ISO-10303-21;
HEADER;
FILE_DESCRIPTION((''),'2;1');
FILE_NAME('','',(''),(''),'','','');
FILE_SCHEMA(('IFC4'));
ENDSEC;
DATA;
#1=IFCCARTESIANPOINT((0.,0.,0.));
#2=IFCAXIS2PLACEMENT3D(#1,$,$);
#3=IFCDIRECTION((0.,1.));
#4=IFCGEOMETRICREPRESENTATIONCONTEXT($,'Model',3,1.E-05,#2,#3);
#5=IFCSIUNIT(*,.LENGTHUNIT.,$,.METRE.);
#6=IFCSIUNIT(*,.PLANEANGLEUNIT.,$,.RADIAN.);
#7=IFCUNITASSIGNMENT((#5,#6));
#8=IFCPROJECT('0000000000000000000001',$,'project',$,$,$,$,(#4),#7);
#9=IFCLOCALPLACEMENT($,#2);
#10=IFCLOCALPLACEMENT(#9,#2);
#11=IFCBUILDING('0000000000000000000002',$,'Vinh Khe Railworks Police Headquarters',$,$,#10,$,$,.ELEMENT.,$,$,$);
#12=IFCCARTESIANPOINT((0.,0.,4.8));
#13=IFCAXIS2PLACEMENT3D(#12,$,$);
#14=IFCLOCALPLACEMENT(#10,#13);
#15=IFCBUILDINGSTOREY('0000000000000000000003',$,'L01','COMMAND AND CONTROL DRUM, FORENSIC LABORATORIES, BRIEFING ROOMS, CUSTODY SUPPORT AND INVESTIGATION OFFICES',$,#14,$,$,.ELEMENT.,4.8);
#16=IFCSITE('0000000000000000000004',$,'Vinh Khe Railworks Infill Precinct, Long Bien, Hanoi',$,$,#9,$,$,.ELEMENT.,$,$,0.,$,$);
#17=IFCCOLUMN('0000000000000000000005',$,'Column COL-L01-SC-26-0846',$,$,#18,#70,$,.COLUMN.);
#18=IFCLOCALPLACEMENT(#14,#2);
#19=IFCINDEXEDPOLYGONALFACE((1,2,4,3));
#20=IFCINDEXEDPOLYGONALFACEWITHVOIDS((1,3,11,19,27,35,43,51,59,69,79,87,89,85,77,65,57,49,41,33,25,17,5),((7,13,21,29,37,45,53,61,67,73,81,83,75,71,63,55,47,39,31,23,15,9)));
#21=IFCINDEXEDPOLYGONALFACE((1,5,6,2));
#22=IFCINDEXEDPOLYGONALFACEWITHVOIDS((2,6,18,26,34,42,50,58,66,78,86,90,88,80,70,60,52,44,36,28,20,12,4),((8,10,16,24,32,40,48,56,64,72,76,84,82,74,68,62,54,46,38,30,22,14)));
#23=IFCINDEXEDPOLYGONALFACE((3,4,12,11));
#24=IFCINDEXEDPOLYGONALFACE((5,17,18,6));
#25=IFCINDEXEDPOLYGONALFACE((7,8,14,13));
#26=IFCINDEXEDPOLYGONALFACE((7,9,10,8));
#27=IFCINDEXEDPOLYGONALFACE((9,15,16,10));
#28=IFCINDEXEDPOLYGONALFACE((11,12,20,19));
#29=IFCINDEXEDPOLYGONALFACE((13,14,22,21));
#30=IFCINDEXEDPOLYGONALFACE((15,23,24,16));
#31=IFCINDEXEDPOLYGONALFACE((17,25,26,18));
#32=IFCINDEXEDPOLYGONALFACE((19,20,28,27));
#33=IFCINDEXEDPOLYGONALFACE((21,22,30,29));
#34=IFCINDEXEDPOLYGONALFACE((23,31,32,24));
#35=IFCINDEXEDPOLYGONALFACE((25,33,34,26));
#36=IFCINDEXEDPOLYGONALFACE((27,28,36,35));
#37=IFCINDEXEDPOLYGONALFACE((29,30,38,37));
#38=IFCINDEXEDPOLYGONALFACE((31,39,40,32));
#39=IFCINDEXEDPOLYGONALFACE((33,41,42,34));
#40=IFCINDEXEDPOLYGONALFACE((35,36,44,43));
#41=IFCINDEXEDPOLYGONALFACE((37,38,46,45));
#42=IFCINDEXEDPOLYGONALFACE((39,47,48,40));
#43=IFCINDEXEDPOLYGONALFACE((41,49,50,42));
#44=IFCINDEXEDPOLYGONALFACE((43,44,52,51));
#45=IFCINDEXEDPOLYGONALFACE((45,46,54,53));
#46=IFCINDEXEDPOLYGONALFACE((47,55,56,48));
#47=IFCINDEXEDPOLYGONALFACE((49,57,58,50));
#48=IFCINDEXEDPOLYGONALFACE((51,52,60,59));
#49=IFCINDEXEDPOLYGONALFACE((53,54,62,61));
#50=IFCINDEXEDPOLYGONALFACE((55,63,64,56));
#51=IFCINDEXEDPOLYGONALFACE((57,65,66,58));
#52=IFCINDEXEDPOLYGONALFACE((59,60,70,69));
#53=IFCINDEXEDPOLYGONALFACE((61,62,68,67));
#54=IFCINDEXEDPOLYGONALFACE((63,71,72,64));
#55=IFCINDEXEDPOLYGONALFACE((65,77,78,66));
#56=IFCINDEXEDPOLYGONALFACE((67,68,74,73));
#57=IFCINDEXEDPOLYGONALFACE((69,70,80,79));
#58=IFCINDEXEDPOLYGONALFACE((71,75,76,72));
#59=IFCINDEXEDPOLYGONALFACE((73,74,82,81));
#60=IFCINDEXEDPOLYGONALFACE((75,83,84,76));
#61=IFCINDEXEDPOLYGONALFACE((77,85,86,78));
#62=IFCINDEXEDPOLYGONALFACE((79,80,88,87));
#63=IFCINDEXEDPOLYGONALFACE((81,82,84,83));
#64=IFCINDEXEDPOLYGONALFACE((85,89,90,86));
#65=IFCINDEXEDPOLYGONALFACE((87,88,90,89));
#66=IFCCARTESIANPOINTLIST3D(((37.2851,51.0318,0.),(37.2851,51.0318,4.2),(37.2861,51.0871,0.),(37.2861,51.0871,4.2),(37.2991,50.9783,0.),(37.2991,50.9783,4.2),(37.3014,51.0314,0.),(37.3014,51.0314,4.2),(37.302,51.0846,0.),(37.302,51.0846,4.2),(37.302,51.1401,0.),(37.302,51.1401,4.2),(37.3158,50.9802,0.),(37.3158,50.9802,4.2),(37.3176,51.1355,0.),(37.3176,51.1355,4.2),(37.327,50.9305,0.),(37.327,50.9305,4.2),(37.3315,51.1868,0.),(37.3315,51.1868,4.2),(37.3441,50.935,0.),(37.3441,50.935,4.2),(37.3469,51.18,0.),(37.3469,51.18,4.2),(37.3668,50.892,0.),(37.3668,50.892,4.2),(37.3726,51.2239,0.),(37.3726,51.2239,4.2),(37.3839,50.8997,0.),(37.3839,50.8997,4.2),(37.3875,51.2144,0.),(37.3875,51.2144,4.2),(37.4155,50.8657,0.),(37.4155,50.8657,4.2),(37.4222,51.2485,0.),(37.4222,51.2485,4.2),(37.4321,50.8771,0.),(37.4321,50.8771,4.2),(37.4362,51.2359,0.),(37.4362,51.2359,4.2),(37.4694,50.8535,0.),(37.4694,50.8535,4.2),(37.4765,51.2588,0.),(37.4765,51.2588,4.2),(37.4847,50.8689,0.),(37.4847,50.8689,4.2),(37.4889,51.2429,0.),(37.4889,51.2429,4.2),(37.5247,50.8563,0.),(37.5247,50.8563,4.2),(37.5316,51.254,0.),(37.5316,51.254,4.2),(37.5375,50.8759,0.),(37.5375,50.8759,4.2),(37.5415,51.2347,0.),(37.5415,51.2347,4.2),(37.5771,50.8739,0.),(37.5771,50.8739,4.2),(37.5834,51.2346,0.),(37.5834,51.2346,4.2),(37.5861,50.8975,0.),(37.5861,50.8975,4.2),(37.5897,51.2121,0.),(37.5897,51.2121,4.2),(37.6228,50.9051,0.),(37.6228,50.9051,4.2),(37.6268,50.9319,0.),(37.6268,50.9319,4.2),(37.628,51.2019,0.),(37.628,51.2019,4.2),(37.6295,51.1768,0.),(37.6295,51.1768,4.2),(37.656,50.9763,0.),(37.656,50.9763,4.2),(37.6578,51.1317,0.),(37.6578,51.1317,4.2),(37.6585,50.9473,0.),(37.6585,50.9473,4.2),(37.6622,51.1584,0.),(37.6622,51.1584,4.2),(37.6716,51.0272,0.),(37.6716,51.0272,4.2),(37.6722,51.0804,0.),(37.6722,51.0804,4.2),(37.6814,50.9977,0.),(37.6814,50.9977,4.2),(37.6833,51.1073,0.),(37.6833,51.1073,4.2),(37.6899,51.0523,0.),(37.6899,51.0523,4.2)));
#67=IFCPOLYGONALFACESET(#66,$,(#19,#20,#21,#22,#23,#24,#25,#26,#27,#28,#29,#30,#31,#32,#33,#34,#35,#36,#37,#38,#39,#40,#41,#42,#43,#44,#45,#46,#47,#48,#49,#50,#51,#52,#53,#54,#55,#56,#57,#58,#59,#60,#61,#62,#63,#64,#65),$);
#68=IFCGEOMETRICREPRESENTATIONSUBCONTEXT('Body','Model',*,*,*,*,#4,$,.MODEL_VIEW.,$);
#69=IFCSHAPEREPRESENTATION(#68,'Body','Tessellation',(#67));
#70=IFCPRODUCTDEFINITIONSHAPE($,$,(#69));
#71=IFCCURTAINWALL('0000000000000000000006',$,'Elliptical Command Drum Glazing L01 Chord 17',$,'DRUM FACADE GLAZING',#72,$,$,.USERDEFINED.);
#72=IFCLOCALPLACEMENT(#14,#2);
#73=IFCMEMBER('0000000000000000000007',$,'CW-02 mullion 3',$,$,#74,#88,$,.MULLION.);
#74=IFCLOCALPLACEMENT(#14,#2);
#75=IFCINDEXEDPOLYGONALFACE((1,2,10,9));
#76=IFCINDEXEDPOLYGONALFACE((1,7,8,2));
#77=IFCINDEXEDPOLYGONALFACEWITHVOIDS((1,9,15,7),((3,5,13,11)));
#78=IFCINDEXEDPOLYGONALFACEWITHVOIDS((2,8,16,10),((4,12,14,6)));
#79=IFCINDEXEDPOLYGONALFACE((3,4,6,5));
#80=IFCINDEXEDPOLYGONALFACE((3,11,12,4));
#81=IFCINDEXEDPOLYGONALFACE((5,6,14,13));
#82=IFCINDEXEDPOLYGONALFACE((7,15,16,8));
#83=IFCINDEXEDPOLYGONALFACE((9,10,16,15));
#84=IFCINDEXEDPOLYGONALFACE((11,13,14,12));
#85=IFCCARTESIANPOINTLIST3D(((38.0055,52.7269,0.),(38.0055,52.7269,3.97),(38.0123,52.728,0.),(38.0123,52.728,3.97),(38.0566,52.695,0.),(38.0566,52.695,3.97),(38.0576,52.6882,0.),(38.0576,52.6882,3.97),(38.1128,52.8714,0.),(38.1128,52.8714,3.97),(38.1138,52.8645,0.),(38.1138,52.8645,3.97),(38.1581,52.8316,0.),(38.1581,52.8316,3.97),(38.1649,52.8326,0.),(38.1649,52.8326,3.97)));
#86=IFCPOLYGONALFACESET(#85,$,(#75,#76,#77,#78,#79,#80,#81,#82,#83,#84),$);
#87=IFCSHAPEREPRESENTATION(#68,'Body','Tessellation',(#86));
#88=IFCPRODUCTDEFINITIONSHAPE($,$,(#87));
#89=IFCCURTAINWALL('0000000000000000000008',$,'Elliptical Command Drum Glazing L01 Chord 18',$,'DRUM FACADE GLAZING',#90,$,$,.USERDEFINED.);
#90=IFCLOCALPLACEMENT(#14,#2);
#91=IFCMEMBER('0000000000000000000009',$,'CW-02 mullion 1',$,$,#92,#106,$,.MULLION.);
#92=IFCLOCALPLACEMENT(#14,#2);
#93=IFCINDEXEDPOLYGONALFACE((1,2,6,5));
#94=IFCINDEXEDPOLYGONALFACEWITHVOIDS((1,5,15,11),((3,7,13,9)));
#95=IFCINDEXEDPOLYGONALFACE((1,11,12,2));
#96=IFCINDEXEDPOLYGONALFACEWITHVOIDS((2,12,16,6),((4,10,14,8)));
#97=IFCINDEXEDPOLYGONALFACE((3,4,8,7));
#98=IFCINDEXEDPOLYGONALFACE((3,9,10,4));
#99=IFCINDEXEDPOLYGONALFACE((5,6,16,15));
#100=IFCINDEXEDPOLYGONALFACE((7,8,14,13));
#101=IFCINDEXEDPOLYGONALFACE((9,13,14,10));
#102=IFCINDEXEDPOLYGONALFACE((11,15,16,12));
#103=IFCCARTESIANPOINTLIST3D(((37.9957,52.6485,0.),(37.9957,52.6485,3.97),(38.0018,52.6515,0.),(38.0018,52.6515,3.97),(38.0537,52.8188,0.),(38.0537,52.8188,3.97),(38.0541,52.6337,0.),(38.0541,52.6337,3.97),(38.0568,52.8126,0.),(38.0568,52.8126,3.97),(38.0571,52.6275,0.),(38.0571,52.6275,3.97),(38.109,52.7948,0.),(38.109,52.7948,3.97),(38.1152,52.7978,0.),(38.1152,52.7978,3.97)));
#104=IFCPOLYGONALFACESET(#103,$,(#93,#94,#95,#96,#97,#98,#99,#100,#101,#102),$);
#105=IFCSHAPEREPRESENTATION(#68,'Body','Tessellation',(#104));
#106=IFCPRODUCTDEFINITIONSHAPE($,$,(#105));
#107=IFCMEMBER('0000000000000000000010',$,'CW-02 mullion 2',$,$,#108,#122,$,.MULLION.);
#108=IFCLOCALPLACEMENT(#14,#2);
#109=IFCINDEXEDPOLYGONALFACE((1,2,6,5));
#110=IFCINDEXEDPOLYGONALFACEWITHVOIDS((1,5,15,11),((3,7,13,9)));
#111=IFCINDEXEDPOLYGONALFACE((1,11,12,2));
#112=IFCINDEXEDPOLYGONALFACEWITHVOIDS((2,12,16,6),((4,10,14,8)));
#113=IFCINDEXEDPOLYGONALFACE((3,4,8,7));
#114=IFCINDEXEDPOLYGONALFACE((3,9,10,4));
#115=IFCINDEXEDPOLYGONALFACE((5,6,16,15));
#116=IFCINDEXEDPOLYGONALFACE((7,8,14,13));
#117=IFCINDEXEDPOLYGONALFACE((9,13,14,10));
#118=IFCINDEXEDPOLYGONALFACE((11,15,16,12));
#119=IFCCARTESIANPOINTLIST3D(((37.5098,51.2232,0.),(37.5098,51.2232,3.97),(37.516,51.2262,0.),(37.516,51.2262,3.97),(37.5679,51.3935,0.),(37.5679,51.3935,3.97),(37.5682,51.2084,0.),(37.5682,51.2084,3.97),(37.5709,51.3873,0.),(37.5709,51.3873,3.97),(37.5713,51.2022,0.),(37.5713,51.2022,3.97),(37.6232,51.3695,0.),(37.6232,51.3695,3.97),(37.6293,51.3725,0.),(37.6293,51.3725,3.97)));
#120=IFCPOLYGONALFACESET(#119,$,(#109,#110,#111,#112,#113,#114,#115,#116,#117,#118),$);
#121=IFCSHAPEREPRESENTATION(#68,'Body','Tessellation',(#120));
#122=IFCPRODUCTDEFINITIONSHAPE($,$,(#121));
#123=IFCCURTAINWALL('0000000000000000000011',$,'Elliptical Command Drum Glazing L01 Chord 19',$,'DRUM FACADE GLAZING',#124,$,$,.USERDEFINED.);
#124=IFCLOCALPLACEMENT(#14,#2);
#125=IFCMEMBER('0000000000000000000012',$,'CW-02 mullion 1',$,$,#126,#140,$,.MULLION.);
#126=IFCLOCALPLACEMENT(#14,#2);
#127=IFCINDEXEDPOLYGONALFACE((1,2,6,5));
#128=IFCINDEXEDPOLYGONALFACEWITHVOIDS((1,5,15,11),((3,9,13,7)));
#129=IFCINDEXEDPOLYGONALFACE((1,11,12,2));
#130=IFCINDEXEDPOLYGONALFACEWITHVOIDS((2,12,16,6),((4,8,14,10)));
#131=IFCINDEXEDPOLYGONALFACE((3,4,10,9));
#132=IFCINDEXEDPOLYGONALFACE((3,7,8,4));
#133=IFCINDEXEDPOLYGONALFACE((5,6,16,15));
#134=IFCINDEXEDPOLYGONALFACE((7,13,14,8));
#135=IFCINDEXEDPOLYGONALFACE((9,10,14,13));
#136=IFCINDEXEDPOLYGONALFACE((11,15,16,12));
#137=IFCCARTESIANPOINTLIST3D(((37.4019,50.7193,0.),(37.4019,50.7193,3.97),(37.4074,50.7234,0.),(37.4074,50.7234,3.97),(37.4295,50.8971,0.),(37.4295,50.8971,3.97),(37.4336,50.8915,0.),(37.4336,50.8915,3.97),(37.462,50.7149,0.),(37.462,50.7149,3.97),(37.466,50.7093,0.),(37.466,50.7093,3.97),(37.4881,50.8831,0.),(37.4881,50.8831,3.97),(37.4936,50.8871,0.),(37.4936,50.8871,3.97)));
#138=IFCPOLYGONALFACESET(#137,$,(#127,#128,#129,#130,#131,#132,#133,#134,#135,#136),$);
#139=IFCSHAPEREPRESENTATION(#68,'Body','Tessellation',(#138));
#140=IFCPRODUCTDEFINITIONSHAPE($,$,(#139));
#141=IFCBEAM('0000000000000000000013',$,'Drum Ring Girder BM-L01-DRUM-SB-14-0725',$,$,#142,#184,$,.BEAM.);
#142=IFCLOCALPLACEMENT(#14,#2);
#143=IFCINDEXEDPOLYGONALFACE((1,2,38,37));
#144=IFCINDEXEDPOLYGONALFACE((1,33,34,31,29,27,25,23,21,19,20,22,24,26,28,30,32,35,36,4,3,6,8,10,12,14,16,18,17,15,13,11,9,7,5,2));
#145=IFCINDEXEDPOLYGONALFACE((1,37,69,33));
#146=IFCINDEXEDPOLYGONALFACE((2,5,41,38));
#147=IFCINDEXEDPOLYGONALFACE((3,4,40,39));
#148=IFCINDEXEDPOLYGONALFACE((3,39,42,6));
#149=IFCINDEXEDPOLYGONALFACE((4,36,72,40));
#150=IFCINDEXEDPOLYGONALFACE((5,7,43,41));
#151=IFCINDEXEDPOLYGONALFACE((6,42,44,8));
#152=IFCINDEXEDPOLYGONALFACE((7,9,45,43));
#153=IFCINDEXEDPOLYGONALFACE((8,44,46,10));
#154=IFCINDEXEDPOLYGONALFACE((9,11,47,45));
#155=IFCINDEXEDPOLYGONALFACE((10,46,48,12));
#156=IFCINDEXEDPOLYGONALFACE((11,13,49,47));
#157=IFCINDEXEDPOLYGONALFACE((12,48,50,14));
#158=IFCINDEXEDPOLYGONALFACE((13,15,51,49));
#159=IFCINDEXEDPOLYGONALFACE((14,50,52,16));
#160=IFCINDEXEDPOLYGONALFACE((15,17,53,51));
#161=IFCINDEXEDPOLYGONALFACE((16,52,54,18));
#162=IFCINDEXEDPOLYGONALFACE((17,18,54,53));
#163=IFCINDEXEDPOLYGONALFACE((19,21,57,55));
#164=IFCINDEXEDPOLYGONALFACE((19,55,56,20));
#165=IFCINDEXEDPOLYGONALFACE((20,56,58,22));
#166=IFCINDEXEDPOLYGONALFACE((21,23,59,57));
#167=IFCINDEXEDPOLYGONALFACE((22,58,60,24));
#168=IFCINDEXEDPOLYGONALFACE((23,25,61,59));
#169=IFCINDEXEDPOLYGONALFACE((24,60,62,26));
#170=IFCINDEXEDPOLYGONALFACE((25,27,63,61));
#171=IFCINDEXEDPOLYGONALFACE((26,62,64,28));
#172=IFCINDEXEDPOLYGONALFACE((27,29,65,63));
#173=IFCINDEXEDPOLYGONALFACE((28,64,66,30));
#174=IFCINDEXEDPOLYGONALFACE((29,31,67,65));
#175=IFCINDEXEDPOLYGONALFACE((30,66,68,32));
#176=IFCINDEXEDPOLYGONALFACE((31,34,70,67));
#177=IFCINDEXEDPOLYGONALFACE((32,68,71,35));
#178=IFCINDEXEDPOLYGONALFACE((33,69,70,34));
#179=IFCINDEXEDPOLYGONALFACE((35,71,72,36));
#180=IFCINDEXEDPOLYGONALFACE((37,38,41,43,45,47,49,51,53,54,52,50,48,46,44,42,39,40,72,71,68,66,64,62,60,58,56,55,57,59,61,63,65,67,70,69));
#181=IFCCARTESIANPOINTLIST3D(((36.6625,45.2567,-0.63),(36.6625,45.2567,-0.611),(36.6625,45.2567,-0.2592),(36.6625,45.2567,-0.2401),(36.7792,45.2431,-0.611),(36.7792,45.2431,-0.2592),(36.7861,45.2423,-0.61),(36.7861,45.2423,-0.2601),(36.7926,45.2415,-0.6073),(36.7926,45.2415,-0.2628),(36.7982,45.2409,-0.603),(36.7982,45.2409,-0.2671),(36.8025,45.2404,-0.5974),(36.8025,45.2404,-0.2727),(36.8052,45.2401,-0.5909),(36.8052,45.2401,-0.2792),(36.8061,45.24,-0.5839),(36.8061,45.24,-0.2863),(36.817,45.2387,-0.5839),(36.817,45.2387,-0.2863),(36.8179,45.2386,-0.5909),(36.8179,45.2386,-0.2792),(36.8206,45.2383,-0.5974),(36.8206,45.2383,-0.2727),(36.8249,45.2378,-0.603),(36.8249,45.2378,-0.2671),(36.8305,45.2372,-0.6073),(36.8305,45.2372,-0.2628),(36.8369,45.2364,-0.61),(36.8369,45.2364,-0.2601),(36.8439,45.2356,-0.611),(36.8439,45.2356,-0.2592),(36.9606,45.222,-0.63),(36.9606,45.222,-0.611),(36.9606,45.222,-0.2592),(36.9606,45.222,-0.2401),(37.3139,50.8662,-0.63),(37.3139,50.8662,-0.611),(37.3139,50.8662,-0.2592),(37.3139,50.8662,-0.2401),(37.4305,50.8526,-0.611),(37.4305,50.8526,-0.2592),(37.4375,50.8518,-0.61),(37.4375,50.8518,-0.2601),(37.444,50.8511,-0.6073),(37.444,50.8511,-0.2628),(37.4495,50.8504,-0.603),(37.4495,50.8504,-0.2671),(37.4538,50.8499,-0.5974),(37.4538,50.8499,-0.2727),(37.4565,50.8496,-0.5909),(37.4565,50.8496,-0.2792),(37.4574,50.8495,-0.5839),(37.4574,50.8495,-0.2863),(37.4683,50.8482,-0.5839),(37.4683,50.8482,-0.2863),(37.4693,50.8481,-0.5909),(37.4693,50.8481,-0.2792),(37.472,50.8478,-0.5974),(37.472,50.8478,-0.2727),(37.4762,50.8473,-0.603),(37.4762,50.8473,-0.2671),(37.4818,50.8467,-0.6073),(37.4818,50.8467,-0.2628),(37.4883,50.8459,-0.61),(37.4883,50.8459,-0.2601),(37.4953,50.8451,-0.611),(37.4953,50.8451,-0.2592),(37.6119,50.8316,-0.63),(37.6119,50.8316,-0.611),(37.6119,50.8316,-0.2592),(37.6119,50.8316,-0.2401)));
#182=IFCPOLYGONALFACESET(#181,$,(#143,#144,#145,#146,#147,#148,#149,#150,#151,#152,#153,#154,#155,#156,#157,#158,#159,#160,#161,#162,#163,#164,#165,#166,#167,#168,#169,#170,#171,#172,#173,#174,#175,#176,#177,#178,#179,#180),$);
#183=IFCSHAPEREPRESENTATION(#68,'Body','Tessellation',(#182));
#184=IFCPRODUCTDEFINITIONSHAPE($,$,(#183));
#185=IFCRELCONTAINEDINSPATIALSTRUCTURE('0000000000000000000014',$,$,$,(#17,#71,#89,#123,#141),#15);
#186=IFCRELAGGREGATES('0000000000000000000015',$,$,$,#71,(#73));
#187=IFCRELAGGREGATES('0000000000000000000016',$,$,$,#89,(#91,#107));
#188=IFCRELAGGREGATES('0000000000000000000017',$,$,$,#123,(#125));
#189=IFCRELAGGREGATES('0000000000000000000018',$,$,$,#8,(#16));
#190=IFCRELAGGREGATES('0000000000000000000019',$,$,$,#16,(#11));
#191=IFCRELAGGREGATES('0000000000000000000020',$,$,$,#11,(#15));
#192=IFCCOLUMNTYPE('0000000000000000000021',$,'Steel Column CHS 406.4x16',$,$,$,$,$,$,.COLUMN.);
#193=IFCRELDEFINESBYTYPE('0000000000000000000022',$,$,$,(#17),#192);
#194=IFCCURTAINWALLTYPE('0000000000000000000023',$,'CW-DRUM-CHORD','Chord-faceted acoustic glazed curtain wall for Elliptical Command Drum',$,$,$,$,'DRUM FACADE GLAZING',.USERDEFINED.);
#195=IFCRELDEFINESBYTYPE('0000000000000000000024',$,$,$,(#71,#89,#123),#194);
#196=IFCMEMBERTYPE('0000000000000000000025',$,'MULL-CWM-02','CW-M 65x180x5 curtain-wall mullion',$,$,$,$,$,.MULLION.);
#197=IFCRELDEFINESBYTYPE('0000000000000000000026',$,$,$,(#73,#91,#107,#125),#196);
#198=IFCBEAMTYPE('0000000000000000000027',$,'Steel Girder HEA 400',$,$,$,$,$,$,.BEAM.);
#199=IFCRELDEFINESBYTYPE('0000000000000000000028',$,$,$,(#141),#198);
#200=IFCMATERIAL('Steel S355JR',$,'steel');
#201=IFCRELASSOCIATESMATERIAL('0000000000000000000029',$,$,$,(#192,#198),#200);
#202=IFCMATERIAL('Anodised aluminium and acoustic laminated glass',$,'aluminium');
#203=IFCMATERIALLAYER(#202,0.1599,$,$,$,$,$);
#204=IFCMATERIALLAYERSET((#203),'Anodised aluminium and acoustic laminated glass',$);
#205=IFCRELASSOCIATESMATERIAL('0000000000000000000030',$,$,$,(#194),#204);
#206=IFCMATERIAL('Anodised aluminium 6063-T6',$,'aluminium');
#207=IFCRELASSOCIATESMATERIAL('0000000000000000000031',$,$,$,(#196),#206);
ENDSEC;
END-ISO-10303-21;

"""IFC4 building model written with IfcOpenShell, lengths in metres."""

from ifc_helpers import new_model, si_unit, direction, frame, origin, origin_2d, place, context, subcontext, project, spatial, hollow_rectangle, hollow_circle, i_section, extrude, material, layer, layer_set, material_profile, profile_set, type_object, element, aggregate, save


model = new_model("IFC4")

# Units and contexts
model_context = context("Model", 3, precision=1e-05, world=origin(), true_north=direction((0.0, 1.0)))
body_context = subcontext(model_context, "Body", "Model", "MODEL_VIEW")
ifc_project = project(units=[si_unit("LENGTHUNIT", "METRE"), si_unit("PLANEANGLEUNIT", "RADIAN")], contexts=[model_context])

# Site, building, storey
site_placement = place(None, origin())
site = spatial("IfcSite", under=ifc_project, at=site_placement, Name="Vinh Khe Railworks Infill Precinct, Long Bien, Hanoi", CompositionType="ELEMENT", RefElevation=0.0)
building_placement = place(site_placement, origin())
building = spatial("IfcBuilding", under=site, at=building_placement, Name="Vinh Khe Railworks Police Headquarters", CompositionType="ELEMENT")
storey_placement = place(building_placement, frame((0.0, 0.0, 4.8)))
storey = spatial("IfcBuildingStorey", under=building, at=storey_placement, Name="L01", Description="COMMAND AND CONTROL DRUM, FORENSIC LABORATORIES, BRIEFING ROOMS, CUSTODY SUPPORT AND INVESTIGATION OFFICES", CompositionType="ELEMENT", Elevation=4.8)

# Column
ifc_material_1 = material(Name="Steel S355JR", Category="steel")
ifc_material_profile_1 = material_profile(ifc_material_1, hollow_circle(Radius=0.2031, WallThickness=0.0161, at=origin_2d()), Name="CHS 406.4x16")
ifc_profile_set_1 = profile_set([ifc_material_profile_1], Name="Steel S355JR")
column_type = type_object("IfcColumnType", Name="Steel Column CHS 406.4x16", PredefinedType="COLUMN", material=ifc_profile_set_1)
column_placement = place(storey_placement, frame((37.4868, 51.0559, 0.0), z_axis=(0.0, 0.0, 1.0), x_axis=(-0.988148, 0.153503, 0.0)))
element("IfcColumn", 1, at=column_placement, inside=storey, type_object=column_type, Name="Column COL-L01-SC-26-0846", PredefinedType="COLUMN", context=body_context, shape_type="SweptSolid", body=[
    extrude(hollow_circle(Radius=0.2031, WallThickness=0.0161, at=origin_2d()), origin(), (0.0, 0.0, 1.0), 4.2),
])

# Curtain wall, member
ifc_material_2 = material(Name="Anodised aluminium and acoustic laminated glass", Category="aluminium")
ifc_layer_1 = layer(ifc_material_2, 0.1599)
ifc_layer_set_1 = layer_set([ifc_layer_1], Name="Anodised aluminium and acoustic laminated glass")
curtain_wall_type = type_object("IfcCurtainWallType", Name="CW-DRUM-CHORD", Description="Chord-faceted acoustic glazed curtain wall for Elliptical Command Drum", ElementType="DRUM FACADE GLAZING", PredefinedType="USERDEFINED", material=ifc_layer_set_1)
curtain_wall_1_placement = place(storey_placement, origin())
curtain_wall_1 = element("IfcCurtainWall", 2, at=curtain_wall_1_placement, inside=storey, type_object=curtain_wall_type, Name="Elliptical Command Drum Glazing L01 Chord 17", ObjectType="DRUM FACADE GLAZING", PredefinedType="USERDEFINED")
ifc_material_3 = material(Name="Anodised aluminium 6063-T6", Category="aluminium")
ifc_material_profile_2 = material_profile(ifc_material_3, hollow_rectangle(XDim=0.0649, YDim=0.1799, WallThickness=0.0049, at=origin_2d()), Name="CW-M 65x180x5")
ifc_profile_set_2 = profile_set([ifc_material_profile_2], Name="Anodised aluminium 6063-T6")
member_type_1 = type_object("IfcMemberType", Name="MULL-CWM-02", Description="CW-M 65x180x5 curtain-wall mullion", PredefinedType="MULLION", material=ifc_profile_set_2)
member_1_placement = place(storey_placement, frame((38.0852, 52.7798, 0.0), z_axis=(0.0, 0.0, 1.0), x_axis=(0.802592, -0.596528, 0.0)))
member_1 = element("IfcMember", 3, at=member_1_placement, type_object=member_type_1, Name="CW-02 mullion 3", PredefinedType="MULLION", context=body_context, shape_type="SweptSolid", body=[
    extrude(hollow_rectangle(XDim=0.0649, YDim=0.1799, WallThickness=0.0049, at=origin_2d()), origin(), (0.0, 0.0, 1.0), 3.97),
])

# Curtain wall, members
curtain_wall_2_placement = place(storey_placement, origin())
curtain_wall_2 = element("IfcCurtainWall", 4, at=curtain_wall_2_placement, inside=storey, type_object=curtain_wall_type, Name="Elliptical Command Drum Glazing L01 Chord 18", ObjectType="DRUM FACADE GLAZING", PredefinedType="USERDEFINED")
member_2_placement = place(storey_placement, frame((38.0554, 52.7231, 0.0), z_axis=(0.0, 0.0, 1.0), x_axis=(0.946484, -0.32275, 0.0)))
member_2 = element("IfcMember", 5, at=member_2_placement, type_object=member_type_1, Name="CW-02 mullion 1", PredefinedType="MULLION", context=body_context, shape_type="SweptSolid", body=[
    extrude(hollow_rectangle(XDim=0.0649, YDim=0.1799, WallThickness=0.0049, at=origin_2d()), origin(), (0.0, 0.0, 1.0), 3.97),
])
member_3_placement = place(storey_placement, frame((37.5696, 51.2979, 0.0), z_axis=(0.0, 0.0, 1.0), x_axis=(0.946484, -0.32275, 0.0)))
member_3 = element("IfcMember", 6, at=member_3_placement, type_object=member_type_1, Name="CW-02 mullion 2", PredefinedType="MULLION", context=body_context, shape_type="SweptSolid", body=[
    extrude(hollow_rectangle(XDim=0.0649, YDim=0.1799, WallThickness=0.0049, at=origin_2d()), origin(), (0.0, 0.0, 1.0), 3.97),
])

# Curtain wall, member
curtain_wall_3_placement = place(storey_placement, origin())
curtain_wall_3 = element("IfcCurtainWall", 7, at=curtain_wall_3_placement, inside=storey, type_object=curtain_wall_type, Name="Elliptical Command Drum Glazing L01 Chord 19", ObjectType="DRUM FACADE GLAZING", PredefinedType="USERDEFINED")
member_4_placement = place(storey_placement, frame((37.4478, 50.8032, 0.0), z_axis=(0.0, 0.0, 1.0), x_axis=(0.98815, -0.15349, 0.0)))
member_4 = element("IfcMember", 8, at=member_4_placement, type_object=member_type_1, Name="CW-02 mullion 1", PredefinedType="MULLION", context=body_context, shape_type="SweptSolid", body=[
    extrude(hollow_rectangle(XDim=0.0649, YDim=0.1799, WallThickness=0.0049, at=origin_2d()), origin(), (0.0, 0.0, 1.0), 3.97),
])

# Beam
ifc_material_profile_3 = material_profile(ifc_material_1, i_section(OverallWidth=0.3, OverallDepth=0.3899, WebThickness=0.011, FlangeThickness=0.019, FilletRadius=0.0271, at=origin_2d()), Name="HEA 400")
ifc_profile_set_3 = profile_set([ifc_material_profile_3], Name="Steel S355JR")
beam_type = type_object("IfcBeamType", Name="Steel Girder HEA 400", PredefinedType="BEAM", material=ifc_profile_set_3)
beam_placement = place(storey_placement, frame((37.4629, 50.8489, -0.4351), z_axis=(-0.115341, -0.993326, 0.0), x_axis=(0.993326, -0.115341, 0.0)))
element("IfcBeam", 9, at=beam_placement, inside=storey, type_object=beam_type, Name="Drum Ring Girder BM-L01-DRUM-SB-14-0725", PredefinedType="BEAM", context=body_context, shape_type="SweptSolid", body=[
    extrude(i_section(OverallWidth=0.3, OverallDepth=0.3899, WebThickness=0.011, FlangeThickness=0.019, FilletRadius=0.0271, at=origin_2d()), origin(), (0.0, 0.0, 1.0), 5.6472),
])

aggregate(curtain_wall_1, [member_1])
aggregate(curtain_wall_2, [member_2, member_3])
aggregate(curtain_wall_3, [member_4])

save(model, "model.ifc")
